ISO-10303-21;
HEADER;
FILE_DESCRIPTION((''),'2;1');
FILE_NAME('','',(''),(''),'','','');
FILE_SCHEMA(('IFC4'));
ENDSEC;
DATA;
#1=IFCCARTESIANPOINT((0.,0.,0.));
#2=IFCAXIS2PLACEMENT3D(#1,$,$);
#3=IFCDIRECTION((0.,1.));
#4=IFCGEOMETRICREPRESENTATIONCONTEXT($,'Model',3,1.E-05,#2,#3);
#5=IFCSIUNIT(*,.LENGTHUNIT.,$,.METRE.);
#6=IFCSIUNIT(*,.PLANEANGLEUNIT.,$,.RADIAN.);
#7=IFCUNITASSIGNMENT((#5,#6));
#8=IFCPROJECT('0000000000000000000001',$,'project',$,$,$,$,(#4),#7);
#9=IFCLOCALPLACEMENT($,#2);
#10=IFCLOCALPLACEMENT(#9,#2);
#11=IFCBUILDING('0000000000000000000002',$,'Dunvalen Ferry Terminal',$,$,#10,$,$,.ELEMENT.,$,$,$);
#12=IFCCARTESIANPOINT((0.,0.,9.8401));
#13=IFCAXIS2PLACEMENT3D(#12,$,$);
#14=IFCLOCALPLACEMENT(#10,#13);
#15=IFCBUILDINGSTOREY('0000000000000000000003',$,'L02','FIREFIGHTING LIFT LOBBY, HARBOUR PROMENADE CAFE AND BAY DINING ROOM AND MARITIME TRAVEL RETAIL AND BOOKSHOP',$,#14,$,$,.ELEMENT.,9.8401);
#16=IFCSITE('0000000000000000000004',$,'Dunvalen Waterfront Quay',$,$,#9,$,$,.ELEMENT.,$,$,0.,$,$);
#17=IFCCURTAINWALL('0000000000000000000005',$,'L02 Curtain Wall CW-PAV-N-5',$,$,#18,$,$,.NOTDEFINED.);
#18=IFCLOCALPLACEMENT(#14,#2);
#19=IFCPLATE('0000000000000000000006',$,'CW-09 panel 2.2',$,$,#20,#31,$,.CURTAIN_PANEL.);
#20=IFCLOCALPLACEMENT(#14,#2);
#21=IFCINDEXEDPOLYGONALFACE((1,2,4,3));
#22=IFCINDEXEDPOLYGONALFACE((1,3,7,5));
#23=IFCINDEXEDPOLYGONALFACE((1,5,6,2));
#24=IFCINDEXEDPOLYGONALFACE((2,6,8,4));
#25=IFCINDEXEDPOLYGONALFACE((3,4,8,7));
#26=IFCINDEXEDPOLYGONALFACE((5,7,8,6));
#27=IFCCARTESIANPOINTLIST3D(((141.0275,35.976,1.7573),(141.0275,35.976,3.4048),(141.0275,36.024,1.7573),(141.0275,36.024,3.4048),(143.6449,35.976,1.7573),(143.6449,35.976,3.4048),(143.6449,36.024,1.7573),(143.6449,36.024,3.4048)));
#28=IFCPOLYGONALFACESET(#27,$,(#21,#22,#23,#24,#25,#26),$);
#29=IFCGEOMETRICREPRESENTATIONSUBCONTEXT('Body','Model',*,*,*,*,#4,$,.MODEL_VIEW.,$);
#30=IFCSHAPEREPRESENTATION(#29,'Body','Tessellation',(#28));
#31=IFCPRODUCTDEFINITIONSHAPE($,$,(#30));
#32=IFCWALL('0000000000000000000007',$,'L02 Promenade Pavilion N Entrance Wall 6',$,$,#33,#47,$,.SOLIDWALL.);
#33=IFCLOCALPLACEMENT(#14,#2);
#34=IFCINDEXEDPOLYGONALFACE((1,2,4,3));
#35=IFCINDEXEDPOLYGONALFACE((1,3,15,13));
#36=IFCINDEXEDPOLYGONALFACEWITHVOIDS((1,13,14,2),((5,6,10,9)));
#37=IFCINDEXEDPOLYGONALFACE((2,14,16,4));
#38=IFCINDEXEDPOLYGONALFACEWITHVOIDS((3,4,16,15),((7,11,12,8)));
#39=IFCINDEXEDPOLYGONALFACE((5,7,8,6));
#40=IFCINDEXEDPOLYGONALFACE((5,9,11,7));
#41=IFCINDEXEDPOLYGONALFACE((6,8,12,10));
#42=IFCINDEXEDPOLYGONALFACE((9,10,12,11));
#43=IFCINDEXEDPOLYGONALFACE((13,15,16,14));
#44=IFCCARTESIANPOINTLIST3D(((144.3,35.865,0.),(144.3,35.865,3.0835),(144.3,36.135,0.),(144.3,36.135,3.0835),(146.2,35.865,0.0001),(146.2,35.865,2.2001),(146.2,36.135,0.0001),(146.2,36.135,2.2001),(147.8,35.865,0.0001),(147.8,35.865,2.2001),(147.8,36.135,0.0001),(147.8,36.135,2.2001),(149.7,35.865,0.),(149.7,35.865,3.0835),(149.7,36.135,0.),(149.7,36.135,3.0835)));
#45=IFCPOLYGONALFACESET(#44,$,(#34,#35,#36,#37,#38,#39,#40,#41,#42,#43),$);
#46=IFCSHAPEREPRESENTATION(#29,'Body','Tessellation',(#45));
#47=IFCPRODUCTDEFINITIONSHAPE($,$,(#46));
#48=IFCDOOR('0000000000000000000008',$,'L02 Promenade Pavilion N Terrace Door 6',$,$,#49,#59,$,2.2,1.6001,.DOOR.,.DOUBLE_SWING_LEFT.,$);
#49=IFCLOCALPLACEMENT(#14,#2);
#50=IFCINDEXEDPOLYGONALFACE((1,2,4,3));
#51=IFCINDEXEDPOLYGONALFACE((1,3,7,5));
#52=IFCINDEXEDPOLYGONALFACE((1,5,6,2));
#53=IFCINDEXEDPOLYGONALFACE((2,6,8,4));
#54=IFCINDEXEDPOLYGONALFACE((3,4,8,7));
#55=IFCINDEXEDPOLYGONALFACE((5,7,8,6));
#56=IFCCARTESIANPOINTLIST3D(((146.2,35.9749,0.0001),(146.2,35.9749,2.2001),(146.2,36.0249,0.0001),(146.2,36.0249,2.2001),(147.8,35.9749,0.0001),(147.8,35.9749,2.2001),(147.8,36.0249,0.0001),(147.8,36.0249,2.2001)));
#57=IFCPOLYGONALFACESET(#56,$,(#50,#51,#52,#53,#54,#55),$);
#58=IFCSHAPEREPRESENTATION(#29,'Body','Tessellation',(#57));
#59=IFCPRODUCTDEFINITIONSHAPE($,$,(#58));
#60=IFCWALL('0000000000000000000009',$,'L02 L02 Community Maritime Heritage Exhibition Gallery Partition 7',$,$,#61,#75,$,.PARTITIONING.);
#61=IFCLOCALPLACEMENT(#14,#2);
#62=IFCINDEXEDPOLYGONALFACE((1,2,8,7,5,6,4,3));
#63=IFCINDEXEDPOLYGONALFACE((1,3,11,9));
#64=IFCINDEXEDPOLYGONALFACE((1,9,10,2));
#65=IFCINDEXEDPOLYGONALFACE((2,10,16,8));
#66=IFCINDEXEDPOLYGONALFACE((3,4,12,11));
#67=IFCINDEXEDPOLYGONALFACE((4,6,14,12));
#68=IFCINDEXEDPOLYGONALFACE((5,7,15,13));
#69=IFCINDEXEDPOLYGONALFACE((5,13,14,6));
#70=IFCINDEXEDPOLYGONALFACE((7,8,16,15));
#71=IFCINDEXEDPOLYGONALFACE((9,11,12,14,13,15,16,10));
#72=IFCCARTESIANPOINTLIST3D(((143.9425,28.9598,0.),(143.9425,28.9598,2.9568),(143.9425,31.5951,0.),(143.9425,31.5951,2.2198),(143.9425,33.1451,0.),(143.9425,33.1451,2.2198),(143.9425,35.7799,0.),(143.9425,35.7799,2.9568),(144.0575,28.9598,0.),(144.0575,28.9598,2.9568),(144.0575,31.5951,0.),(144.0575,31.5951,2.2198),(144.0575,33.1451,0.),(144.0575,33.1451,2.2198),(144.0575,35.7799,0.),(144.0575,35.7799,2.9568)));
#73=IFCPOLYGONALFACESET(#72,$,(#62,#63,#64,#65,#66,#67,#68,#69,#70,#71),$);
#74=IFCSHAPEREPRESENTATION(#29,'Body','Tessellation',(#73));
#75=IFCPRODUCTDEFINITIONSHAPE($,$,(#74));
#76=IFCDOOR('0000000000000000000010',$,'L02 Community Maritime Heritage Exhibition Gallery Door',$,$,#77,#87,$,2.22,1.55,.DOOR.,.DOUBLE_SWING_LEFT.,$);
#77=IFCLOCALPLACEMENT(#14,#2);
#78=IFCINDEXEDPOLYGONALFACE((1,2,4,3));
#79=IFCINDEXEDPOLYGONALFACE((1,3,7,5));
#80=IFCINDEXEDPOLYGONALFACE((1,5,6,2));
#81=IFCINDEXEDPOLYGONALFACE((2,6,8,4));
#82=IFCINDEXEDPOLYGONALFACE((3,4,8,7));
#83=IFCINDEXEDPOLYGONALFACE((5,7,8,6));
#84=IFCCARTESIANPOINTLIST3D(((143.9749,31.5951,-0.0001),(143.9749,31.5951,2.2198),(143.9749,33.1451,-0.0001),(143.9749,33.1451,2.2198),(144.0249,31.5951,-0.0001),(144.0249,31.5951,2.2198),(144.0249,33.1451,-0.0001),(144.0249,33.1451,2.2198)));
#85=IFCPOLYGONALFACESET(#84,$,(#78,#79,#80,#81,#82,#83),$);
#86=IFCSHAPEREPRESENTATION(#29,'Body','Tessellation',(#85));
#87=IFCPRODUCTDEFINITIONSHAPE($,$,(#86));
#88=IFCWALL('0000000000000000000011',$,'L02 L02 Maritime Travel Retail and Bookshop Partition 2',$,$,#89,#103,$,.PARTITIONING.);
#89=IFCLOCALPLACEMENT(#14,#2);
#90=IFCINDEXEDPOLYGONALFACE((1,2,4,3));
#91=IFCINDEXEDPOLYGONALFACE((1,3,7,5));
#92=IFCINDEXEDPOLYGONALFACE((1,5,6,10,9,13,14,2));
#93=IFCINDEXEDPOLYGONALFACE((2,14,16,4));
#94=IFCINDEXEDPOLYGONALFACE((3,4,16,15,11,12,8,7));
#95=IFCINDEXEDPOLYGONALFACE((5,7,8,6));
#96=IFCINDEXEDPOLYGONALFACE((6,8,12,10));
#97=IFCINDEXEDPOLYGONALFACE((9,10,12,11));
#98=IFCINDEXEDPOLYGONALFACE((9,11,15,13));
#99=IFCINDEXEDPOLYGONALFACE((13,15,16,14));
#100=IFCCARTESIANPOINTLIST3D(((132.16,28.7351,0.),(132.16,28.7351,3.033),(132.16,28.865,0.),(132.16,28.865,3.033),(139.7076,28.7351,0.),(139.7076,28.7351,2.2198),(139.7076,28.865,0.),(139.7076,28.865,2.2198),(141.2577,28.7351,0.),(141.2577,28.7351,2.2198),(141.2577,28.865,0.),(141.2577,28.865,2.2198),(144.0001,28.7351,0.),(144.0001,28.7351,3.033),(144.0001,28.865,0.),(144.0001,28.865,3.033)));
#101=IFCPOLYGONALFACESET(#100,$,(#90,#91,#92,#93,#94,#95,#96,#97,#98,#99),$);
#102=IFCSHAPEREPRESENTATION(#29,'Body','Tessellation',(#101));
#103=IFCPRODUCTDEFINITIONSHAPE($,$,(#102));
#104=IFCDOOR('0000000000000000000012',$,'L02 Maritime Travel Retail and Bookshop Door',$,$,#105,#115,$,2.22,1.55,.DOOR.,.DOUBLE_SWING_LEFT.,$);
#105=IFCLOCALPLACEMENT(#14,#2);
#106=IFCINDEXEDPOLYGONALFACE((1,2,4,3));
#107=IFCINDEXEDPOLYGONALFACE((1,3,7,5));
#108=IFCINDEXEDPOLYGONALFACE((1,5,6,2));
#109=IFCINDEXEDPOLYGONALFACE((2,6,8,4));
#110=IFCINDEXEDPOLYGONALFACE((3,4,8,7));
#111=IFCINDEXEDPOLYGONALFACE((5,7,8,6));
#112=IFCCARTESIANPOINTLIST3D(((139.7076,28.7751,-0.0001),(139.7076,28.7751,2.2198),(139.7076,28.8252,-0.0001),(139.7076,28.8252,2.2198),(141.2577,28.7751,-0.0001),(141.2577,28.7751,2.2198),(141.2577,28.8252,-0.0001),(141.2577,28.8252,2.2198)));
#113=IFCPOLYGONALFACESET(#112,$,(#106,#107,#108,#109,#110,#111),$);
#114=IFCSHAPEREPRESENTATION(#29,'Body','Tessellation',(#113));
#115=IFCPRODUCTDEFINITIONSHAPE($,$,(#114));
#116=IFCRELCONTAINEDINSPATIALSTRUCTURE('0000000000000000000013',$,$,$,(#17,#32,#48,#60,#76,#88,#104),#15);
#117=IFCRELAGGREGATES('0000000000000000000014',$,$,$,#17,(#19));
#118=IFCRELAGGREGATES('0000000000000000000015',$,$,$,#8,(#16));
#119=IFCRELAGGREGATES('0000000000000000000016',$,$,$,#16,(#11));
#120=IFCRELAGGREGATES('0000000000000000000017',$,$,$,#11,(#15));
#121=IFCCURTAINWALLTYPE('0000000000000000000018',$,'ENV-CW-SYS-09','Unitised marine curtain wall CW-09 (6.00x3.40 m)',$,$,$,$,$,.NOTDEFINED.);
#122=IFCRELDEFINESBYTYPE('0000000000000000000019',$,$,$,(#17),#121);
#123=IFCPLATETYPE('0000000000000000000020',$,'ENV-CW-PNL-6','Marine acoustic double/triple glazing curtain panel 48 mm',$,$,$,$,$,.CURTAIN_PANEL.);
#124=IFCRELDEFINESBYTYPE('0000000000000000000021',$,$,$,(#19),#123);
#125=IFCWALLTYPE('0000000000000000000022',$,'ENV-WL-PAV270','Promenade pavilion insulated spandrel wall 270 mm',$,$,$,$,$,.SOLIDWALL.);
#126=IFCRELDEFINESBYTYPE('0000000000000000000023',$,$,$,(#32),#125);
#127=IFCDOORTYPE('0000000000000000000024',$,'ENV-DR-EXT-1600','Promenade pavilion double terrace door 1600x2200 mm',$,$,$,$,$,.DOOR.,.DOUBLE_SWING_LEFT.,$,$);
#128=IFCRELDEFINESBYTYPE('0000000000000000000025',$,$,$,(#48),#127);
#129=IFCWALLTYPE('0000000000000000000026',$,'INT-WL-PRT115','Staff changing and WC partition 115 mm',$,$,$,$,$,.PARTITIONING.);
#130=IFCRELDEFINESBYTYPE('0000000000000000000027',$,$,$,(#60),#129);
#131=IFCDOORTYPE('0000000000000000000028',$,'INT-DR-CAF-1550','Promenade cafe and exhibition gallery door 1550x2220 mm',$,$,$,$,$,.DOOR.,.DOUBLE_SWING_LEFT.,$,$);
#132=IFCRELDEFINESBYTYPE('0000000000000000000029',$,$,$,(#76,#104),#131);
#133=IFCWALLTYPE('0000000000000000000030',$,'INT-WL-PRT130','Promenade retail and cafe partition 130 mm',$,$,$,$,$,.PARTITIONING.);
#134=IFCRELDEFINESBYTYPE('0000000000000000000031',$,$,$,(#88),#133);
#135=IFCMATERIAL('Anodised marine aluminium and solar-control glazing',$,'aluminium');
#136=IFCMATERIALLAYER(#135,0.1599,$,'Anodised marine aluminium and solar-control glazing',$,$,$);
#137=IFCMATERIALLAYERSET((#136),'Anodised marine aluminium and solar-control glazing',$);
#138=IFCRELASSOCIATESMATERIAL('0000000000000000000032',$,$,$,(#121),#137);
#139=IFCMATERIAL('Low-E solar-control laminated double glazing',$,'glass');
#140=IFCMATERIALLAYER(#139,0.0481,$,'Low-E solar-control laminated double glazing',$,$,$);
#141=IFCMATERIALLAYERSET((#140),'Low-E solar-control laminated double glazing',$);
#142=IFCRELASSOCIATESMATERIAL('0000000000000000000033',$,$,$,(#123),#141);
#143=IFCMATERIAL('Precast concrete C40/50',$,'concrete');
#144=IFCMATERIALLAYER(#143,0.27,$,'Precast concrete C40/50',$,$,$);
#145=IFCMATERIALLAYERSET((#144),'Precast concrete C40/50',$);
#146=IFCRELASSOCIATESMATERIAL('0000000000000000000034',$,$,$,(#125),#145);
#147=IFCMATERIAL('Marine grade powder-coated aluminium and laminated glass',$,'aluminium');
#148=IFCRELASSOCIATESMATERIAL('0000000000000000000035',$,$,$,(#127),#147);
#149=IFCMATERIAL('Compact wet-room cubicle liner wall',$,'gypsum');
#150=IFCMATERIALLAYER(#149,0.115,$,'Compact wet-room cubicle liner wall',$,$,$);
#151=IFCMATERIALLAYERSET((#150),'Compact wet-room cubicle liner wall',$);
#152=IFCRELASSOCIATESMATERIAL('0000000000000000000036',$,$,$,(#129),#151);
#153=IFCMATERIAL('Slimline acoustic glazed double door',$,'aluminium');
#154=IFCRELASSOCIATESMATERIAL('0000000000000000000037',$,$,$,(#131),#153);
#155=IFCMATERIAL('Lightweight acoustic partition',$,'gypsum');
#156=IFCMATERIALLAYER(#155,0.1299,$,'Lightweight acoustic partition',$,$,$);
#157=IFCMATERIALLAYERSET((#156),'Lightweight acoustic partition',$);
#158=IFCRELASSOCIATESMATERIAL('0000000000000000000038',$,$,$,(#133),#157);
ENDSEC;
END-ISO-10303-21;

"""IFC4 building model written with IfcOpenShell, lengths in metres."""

from ifc_helpers import new_model, si_unit, direction, frame, frame_2d, origin, origin_2d, place, context, subcontext, project, spatial, rectangle, extrude, material, layer, layer_set, type_object, element, fill, aggregate, save


model = new_model("IFC4")

# Units and contexts
model_context = context("Model", 3, precision=1e-05, world=origin(), true_north=direction((0.0, 1.0)))
body_context = subcontext(model_context, "Body", "Model", "MODEL_VIEW")
ifc_project = project(units=[si_unit("LENGTHUNIT", "METRE"), si_unit("PLANEANGLEUNIT", "RADIAN")], contexts=[model_context])

# Site, building, storey
site_placement = place(None, origin())
site = spatial("IfcSite", under=ifc_project, at=site_placement, Name="Dunvalen Waterfront Quay", CompositionType="ELEMENT", RefElevation=0.0)
building_placement = place(site_placement, origin())
building = spatial("IfcBuilding", under=site, at=building_placement, Name="Dunvalen Ferry Terminal", CompositionType="ELEMENT")
storey_placement = place(building_placement, frame((0.0, 0.0, 9.8401)))
storey = spatial("IfcBuildingStorey", under=building, at=storey_placement, Name="L02", Description="FIREFIGHTING LIFT LOBBY, HARBOUR PROMENADE CAFE AND BAY DINING ROOM AND MARITIME TRAVEL RETAIL AND BOOKSHOP", CompositionType="ELEMENT", Elevation=9.8401)

# Curtain wall
ifc_material_1 = material(Name="Anodised marine aluminium and solar-control glazing", Category="aluminium")
ifc_layer_1 = layer(ifc_material_1, 0.1599, Name="Anodised marine aluminium and solar-control glazing")
ifc_layer_set_1 = layer_set([ifc_layer_1], Name="Anodised marine aluminium and solar-control glazing")
curtain_wall_type = type_object("IfcCurtainWallType", Name="ENV-CW-SYS-09", Description="Unitised marine curtain wall CW-09 (6.00x3.40 m)", PredefinedType="NOTDEFINED", material=ifc_layer_set_1)
curtain_wall_placement = place(storey_placement, origin())
curtain_wall = element("IfcCurtainWall", 1, at=curtain_wall_placement, inside=storey, type_object=curtain_wall_type, Name="L02 Curtain Wall CW-PAV-N-5", PredefinedType="NOTDEFINED")

# Plate
ifc_material_2 = material(Name="Low-E solar-control laminated double glazing", Category="glass")
ifc_layer_2 = layer(ifc_material_2, 0.0481, Name="Low-E solar-control laminated double glazing")
ifc_layer_set_2 = layer_set([ifc_layer_2], Name="Low-E solar-control laminated double glazing")
plate_type = type_object("IfcPlateType", Name="ENV-CW-PNL-6", Description="Marine acoustic double/triple glazing curtain panel 48 mm", PredefinedType="CURTAIN_PANEL", material=ifc_layer_set_2)
plate_1_placement = place(storey_placement, frame((142.3362, 36.0, 1.7573), z_axis=(0.0, 0.0, 1.0), x_axis=(1.0, 0.0, 0.0)))
plate_1 = element("IfcPlate", 2, at=plate_1_placement, type_object=plate_type, Name="CW-09 panel 2.2", PredefinedType="CURTAIN_PANEL", context=body_context, shape_type="SweptSolid", body=[
    extrude(rectangle(XDim=2.6174, YDim=0.0481, at=origin_2d()), origin(), (0.0, 0.0, 1.0), 1.6475),
])
aggregate(curtain_wall, [plate_1])

# Walls, openings, doors
ifc_material_3 = material(Name="Precast concrete C40/50", Category="concrete")
ifc_layer_3 = layer(ifc_material_3, 0.27, Name="Precast concrete C40/50")
ifc_layer_set_3 = layer_set([ifc_layer_3], Name="Precast concrete C40/50")
wall_type_1 = type_object("IfcWallType", Name="ENV-WL-PAV270", Description="Promenade pavilion insulated spandrel wall 270 mm", PredefinedType="SOLIDWALL", material=ifc_layer_set_3)
wall_1_placement = place(storey_placement, frame((144.3, 36.0, 0.0), z_axis=(0.0, 0.0, 1.0), x_axis=(1.0, 0.0, 0.0)))
wall_1 = element("IfcWall", 3, at=wall_1_placement, inside=storey, type_object=wall_type_1, Name="L02 Promenade Pavilion N Entrance Wall 6", PredefinedType="SOLIDWALL", context=body_context, shape_type="SweptSolid", body=[
    extrude(rectangle(XDim=5.3999, YDim=0.27, at=frame_2d((2.7, 0.0))), origin(), (0.0, 0.0, 1.0), 3.0835),
])
opening_1_placement = place(wall_1_placement, frame((1.8999, 0.0, 0.0)))
opening_1 = element("IfcOpeningElement", 4, at=opening_1_placement, cuts=wall_1, PredefinedType="OPENING", context=body_context, shape_type="SweptSolid", body=[
    extrude(rectangle(XDim=1.6001, YDim=2.2, at=frame_2d((0.8, 1.1001))), frame((0.0, 0.145, 0.0), z_axis=(0.0, -1.0, 0.0), x_axis=(1.0, 0.0, 0.0)), (0.0, 0.0, 1.0), 0.29),
])
ifc_material_4 = material(Name="Marine grade powder-coated aluminium and laminated glass", Category="aluminium")
door_type_1 = type_object("IfcDoorType", Name="ENV-DR-EXT-1600", Description="Promenade pavilion double terrace door 1600x2200 mm", OperationType="DOUBLE_SWING_LEFT", PredefinedType="DOOR", material=ifc_material_4)
door_1_placement = place(opening_1_placement, origin())
door_1 = element("IfcDoor", 5, at=door_1_placement, inside=storey, type_object=door_type_1, Name="L02 Promenade Pavilion N Terrace Door 6", OperationType="DOUBLE_SWING_LEFT", OverallHeight=2.2, OverallWidth=1.6001, PredefinedType="DOOR", context=body_context, shape_type="SweptSolid", body=[
    extrude(rectangle(XDim=1.6001, YDim=2.2, at=frame_2d((0.8, 1.1001))), frame((0.0, 0.0249, 0.0), z_axis=(0.0, -1.0, 0.0), x_axis=(1.0, 0.0, 0.0)), (0.0, 0.0, 1.0), 0.05),
])
fill(opening_1, door_1)
ifc_material_5 = material(Name="Compact wet-room cubicle liner wall", Category="gypsum")
ifc_layer_4 = layer(ifc_material_5, 0.115, Name="Compact wet-room cubicle liner wall")
ifc_layer_set_4 = layer_set([ifc_layer_4], Name="Compact wet-room cubicle liner wall")
wall_type_2 = type_object("IfcWallType", Name="INT-WL-PRT115", Description="Staff changing and WC partition 115 mm", PredefinedType="PARTITIONING", material=ifc_layer_set_4)
wall_2_placement = place(storey_placement, frame((144.0, 35.78, 0.0), z_axis=(0.0, 0.0, 1.0), x_axis=(0.0, -1.0, 0.0)))
wall_2 = element("IfcWall", 6, at=wall_2_placement, inside=storey, type_object=wall_type_2, Name="L02 L02 Community Maritime Heritage Exhibition Gallery Partition 7", PredefinedType="PARTITIONING", context=body_context, shape_type="SweptSolid", body=[
    extrude(rectangle(XDim=6.8201, YDim=0.115, at=frame_2d((3.4102, 0.0))), origin(), (0.0, 0.0, 1.0), 2.9568),
])
opening_2_placement = place(wall_2_placement, frame((2.635, 0.0, 0.0)))
opening_2 = element("IfcOpeningElement", 7, at=opening_2_placement, cuts=wall_2, PredefinedType="OPENING", context=body_context, shape_type="SweptSolid", body=[
    extrude(rectangle(XDim=1.55, YDim=2.22, at=frame_2d((0.7749, 1.1099))), frame((0.0, 0.0674, 0.0), z_axis=(0.0, -1.0, 0.0), x_axis=(1.0, 0.0, 0.0)), (0.0, 0.0, 1.0), 0.135),
])
ifc_material_6 = material(Name="Slimline acoustic glazed double door", Category="aluminium")
door_type_2 = type_object("IfcDoorType", Name="INT-DR-CAF-1550", Description="Promenade cafe and exhibition gallery door 1550x2220 mm", OperationType="DOUBLE_SWING_LEFT", PredefinedType="DOOR", material=ifc_material_6)
door_2_placement = place(opening_2_placement, origin())
door_2 = element("IfcDoor", 8, at=door_2_placement, inside=storey, type_object=door_type_2, Name="L02 Community Maritime Heritage Exhibition Gallery Door", OperationType="DOUBLE_SWING_LEFT", OverallHeight=2.22, OverallWidth=1.55, PredefinedType="DOOR", context=body_context, shape_type="SweptSolid", body=[
    extrude(rectangle(XDim=1.55, YDim=2.22, at=frame_2d((0.7749, 1.1099))), frame((0.0, 0.0249, 0.0), z_axis=(0.0, -1.0, 0.0), x_axis=(1.0, 0.0, 0.0)), (0.0, 0.0, 1.0), 0.05),
])
fill(opening_2, door_2)
ifc_material_7 = material(Name="Lightweight acoustic partition", Category="gypsum")
ifc_layer_5 = layer(ifc_material_7, 0.1299, Name="Lightweight acoustic partition")
ifc_layer_set_5 = layer_set([ifc_layer_5], Name="Lightweight acoustic partition")
wall_type_3 = type_object("IfcWallType", Name="INT-WL-PRT130", Description="Promenade retail and cafe partition 130 mm", PredefinedType="PARTITIONING", material=ifc_layer_set_5)
wall_3_placement = place(storey_placement, frame((144.0, 28.8, 0.0), z_axis=(0.0, 0.0, 1.0), x_axis=(-1.0, 0.0, 0.0)))
wall_3 = element("IfcWall", 9, at=wall_3_placement, inside=storey, type_object=wall_type_3, Name="L02 L02 Maritime Travel Retail and Bookshop Partition 2", PredefinedType="PARTITIONING", context=body_context, shape_type="SweptSolid", body=[
    extrude(rectangle(XDim=11.8401, YDim=0.1299, at=frame_2d((5.9199, 0.0))), origin(), (0.0, 0.0, 1.0), 3.033),
])
opening_3_placement = place(wall_3_placement, frame((2.7424, 0.0, 0.0)))
opening_3 = element("IfcOpeningElement", 10, at=opening_3_placement, cuts=wall_3, PredefinedType="OPENING", context=body_context, shape_type="SweptSolid", body=[
    extrude(rectangle(XDim=1.55, YDim=2.22, at=frame_2d((0.7749, 1.1099))), frame((0.0, 0.075, 0.0), z_axis=(0.0, -1.0, 0.0), x_axis=(1.0, 0.0, 0.0)), (0.0, 0.0, 1.0), 0.1499),
])
door_3_placement = place(opening_3_placement, origin())
door_3 = element("IfcDoor", 11, at=door_3_placement, inside=storey, type_object=door_type_2, Name="L02 Maritime Travel Retail and Bookshop Door", OperationType="DOUBLE_SWING_LEFT", OverallHeight=2.22, OverallWidth=1.55, PredefinedType="DOOR", context=body_context, shape_type="SweptSolid", body=[
    extrude(rectangle(XDim=1.55, YDim=2.22, at=frame_2d((0.7749, 1.1099))), frame((0.0, 0.0249, 0.0), z_axis=(0.0, -1.0, 0.0), x_axis=(1.0, 0.0, 0.0)), (0.0, 0.0, 1.0), 0.05),
])
fill(opening_3, door_3)

save(model, "model.ifc")
